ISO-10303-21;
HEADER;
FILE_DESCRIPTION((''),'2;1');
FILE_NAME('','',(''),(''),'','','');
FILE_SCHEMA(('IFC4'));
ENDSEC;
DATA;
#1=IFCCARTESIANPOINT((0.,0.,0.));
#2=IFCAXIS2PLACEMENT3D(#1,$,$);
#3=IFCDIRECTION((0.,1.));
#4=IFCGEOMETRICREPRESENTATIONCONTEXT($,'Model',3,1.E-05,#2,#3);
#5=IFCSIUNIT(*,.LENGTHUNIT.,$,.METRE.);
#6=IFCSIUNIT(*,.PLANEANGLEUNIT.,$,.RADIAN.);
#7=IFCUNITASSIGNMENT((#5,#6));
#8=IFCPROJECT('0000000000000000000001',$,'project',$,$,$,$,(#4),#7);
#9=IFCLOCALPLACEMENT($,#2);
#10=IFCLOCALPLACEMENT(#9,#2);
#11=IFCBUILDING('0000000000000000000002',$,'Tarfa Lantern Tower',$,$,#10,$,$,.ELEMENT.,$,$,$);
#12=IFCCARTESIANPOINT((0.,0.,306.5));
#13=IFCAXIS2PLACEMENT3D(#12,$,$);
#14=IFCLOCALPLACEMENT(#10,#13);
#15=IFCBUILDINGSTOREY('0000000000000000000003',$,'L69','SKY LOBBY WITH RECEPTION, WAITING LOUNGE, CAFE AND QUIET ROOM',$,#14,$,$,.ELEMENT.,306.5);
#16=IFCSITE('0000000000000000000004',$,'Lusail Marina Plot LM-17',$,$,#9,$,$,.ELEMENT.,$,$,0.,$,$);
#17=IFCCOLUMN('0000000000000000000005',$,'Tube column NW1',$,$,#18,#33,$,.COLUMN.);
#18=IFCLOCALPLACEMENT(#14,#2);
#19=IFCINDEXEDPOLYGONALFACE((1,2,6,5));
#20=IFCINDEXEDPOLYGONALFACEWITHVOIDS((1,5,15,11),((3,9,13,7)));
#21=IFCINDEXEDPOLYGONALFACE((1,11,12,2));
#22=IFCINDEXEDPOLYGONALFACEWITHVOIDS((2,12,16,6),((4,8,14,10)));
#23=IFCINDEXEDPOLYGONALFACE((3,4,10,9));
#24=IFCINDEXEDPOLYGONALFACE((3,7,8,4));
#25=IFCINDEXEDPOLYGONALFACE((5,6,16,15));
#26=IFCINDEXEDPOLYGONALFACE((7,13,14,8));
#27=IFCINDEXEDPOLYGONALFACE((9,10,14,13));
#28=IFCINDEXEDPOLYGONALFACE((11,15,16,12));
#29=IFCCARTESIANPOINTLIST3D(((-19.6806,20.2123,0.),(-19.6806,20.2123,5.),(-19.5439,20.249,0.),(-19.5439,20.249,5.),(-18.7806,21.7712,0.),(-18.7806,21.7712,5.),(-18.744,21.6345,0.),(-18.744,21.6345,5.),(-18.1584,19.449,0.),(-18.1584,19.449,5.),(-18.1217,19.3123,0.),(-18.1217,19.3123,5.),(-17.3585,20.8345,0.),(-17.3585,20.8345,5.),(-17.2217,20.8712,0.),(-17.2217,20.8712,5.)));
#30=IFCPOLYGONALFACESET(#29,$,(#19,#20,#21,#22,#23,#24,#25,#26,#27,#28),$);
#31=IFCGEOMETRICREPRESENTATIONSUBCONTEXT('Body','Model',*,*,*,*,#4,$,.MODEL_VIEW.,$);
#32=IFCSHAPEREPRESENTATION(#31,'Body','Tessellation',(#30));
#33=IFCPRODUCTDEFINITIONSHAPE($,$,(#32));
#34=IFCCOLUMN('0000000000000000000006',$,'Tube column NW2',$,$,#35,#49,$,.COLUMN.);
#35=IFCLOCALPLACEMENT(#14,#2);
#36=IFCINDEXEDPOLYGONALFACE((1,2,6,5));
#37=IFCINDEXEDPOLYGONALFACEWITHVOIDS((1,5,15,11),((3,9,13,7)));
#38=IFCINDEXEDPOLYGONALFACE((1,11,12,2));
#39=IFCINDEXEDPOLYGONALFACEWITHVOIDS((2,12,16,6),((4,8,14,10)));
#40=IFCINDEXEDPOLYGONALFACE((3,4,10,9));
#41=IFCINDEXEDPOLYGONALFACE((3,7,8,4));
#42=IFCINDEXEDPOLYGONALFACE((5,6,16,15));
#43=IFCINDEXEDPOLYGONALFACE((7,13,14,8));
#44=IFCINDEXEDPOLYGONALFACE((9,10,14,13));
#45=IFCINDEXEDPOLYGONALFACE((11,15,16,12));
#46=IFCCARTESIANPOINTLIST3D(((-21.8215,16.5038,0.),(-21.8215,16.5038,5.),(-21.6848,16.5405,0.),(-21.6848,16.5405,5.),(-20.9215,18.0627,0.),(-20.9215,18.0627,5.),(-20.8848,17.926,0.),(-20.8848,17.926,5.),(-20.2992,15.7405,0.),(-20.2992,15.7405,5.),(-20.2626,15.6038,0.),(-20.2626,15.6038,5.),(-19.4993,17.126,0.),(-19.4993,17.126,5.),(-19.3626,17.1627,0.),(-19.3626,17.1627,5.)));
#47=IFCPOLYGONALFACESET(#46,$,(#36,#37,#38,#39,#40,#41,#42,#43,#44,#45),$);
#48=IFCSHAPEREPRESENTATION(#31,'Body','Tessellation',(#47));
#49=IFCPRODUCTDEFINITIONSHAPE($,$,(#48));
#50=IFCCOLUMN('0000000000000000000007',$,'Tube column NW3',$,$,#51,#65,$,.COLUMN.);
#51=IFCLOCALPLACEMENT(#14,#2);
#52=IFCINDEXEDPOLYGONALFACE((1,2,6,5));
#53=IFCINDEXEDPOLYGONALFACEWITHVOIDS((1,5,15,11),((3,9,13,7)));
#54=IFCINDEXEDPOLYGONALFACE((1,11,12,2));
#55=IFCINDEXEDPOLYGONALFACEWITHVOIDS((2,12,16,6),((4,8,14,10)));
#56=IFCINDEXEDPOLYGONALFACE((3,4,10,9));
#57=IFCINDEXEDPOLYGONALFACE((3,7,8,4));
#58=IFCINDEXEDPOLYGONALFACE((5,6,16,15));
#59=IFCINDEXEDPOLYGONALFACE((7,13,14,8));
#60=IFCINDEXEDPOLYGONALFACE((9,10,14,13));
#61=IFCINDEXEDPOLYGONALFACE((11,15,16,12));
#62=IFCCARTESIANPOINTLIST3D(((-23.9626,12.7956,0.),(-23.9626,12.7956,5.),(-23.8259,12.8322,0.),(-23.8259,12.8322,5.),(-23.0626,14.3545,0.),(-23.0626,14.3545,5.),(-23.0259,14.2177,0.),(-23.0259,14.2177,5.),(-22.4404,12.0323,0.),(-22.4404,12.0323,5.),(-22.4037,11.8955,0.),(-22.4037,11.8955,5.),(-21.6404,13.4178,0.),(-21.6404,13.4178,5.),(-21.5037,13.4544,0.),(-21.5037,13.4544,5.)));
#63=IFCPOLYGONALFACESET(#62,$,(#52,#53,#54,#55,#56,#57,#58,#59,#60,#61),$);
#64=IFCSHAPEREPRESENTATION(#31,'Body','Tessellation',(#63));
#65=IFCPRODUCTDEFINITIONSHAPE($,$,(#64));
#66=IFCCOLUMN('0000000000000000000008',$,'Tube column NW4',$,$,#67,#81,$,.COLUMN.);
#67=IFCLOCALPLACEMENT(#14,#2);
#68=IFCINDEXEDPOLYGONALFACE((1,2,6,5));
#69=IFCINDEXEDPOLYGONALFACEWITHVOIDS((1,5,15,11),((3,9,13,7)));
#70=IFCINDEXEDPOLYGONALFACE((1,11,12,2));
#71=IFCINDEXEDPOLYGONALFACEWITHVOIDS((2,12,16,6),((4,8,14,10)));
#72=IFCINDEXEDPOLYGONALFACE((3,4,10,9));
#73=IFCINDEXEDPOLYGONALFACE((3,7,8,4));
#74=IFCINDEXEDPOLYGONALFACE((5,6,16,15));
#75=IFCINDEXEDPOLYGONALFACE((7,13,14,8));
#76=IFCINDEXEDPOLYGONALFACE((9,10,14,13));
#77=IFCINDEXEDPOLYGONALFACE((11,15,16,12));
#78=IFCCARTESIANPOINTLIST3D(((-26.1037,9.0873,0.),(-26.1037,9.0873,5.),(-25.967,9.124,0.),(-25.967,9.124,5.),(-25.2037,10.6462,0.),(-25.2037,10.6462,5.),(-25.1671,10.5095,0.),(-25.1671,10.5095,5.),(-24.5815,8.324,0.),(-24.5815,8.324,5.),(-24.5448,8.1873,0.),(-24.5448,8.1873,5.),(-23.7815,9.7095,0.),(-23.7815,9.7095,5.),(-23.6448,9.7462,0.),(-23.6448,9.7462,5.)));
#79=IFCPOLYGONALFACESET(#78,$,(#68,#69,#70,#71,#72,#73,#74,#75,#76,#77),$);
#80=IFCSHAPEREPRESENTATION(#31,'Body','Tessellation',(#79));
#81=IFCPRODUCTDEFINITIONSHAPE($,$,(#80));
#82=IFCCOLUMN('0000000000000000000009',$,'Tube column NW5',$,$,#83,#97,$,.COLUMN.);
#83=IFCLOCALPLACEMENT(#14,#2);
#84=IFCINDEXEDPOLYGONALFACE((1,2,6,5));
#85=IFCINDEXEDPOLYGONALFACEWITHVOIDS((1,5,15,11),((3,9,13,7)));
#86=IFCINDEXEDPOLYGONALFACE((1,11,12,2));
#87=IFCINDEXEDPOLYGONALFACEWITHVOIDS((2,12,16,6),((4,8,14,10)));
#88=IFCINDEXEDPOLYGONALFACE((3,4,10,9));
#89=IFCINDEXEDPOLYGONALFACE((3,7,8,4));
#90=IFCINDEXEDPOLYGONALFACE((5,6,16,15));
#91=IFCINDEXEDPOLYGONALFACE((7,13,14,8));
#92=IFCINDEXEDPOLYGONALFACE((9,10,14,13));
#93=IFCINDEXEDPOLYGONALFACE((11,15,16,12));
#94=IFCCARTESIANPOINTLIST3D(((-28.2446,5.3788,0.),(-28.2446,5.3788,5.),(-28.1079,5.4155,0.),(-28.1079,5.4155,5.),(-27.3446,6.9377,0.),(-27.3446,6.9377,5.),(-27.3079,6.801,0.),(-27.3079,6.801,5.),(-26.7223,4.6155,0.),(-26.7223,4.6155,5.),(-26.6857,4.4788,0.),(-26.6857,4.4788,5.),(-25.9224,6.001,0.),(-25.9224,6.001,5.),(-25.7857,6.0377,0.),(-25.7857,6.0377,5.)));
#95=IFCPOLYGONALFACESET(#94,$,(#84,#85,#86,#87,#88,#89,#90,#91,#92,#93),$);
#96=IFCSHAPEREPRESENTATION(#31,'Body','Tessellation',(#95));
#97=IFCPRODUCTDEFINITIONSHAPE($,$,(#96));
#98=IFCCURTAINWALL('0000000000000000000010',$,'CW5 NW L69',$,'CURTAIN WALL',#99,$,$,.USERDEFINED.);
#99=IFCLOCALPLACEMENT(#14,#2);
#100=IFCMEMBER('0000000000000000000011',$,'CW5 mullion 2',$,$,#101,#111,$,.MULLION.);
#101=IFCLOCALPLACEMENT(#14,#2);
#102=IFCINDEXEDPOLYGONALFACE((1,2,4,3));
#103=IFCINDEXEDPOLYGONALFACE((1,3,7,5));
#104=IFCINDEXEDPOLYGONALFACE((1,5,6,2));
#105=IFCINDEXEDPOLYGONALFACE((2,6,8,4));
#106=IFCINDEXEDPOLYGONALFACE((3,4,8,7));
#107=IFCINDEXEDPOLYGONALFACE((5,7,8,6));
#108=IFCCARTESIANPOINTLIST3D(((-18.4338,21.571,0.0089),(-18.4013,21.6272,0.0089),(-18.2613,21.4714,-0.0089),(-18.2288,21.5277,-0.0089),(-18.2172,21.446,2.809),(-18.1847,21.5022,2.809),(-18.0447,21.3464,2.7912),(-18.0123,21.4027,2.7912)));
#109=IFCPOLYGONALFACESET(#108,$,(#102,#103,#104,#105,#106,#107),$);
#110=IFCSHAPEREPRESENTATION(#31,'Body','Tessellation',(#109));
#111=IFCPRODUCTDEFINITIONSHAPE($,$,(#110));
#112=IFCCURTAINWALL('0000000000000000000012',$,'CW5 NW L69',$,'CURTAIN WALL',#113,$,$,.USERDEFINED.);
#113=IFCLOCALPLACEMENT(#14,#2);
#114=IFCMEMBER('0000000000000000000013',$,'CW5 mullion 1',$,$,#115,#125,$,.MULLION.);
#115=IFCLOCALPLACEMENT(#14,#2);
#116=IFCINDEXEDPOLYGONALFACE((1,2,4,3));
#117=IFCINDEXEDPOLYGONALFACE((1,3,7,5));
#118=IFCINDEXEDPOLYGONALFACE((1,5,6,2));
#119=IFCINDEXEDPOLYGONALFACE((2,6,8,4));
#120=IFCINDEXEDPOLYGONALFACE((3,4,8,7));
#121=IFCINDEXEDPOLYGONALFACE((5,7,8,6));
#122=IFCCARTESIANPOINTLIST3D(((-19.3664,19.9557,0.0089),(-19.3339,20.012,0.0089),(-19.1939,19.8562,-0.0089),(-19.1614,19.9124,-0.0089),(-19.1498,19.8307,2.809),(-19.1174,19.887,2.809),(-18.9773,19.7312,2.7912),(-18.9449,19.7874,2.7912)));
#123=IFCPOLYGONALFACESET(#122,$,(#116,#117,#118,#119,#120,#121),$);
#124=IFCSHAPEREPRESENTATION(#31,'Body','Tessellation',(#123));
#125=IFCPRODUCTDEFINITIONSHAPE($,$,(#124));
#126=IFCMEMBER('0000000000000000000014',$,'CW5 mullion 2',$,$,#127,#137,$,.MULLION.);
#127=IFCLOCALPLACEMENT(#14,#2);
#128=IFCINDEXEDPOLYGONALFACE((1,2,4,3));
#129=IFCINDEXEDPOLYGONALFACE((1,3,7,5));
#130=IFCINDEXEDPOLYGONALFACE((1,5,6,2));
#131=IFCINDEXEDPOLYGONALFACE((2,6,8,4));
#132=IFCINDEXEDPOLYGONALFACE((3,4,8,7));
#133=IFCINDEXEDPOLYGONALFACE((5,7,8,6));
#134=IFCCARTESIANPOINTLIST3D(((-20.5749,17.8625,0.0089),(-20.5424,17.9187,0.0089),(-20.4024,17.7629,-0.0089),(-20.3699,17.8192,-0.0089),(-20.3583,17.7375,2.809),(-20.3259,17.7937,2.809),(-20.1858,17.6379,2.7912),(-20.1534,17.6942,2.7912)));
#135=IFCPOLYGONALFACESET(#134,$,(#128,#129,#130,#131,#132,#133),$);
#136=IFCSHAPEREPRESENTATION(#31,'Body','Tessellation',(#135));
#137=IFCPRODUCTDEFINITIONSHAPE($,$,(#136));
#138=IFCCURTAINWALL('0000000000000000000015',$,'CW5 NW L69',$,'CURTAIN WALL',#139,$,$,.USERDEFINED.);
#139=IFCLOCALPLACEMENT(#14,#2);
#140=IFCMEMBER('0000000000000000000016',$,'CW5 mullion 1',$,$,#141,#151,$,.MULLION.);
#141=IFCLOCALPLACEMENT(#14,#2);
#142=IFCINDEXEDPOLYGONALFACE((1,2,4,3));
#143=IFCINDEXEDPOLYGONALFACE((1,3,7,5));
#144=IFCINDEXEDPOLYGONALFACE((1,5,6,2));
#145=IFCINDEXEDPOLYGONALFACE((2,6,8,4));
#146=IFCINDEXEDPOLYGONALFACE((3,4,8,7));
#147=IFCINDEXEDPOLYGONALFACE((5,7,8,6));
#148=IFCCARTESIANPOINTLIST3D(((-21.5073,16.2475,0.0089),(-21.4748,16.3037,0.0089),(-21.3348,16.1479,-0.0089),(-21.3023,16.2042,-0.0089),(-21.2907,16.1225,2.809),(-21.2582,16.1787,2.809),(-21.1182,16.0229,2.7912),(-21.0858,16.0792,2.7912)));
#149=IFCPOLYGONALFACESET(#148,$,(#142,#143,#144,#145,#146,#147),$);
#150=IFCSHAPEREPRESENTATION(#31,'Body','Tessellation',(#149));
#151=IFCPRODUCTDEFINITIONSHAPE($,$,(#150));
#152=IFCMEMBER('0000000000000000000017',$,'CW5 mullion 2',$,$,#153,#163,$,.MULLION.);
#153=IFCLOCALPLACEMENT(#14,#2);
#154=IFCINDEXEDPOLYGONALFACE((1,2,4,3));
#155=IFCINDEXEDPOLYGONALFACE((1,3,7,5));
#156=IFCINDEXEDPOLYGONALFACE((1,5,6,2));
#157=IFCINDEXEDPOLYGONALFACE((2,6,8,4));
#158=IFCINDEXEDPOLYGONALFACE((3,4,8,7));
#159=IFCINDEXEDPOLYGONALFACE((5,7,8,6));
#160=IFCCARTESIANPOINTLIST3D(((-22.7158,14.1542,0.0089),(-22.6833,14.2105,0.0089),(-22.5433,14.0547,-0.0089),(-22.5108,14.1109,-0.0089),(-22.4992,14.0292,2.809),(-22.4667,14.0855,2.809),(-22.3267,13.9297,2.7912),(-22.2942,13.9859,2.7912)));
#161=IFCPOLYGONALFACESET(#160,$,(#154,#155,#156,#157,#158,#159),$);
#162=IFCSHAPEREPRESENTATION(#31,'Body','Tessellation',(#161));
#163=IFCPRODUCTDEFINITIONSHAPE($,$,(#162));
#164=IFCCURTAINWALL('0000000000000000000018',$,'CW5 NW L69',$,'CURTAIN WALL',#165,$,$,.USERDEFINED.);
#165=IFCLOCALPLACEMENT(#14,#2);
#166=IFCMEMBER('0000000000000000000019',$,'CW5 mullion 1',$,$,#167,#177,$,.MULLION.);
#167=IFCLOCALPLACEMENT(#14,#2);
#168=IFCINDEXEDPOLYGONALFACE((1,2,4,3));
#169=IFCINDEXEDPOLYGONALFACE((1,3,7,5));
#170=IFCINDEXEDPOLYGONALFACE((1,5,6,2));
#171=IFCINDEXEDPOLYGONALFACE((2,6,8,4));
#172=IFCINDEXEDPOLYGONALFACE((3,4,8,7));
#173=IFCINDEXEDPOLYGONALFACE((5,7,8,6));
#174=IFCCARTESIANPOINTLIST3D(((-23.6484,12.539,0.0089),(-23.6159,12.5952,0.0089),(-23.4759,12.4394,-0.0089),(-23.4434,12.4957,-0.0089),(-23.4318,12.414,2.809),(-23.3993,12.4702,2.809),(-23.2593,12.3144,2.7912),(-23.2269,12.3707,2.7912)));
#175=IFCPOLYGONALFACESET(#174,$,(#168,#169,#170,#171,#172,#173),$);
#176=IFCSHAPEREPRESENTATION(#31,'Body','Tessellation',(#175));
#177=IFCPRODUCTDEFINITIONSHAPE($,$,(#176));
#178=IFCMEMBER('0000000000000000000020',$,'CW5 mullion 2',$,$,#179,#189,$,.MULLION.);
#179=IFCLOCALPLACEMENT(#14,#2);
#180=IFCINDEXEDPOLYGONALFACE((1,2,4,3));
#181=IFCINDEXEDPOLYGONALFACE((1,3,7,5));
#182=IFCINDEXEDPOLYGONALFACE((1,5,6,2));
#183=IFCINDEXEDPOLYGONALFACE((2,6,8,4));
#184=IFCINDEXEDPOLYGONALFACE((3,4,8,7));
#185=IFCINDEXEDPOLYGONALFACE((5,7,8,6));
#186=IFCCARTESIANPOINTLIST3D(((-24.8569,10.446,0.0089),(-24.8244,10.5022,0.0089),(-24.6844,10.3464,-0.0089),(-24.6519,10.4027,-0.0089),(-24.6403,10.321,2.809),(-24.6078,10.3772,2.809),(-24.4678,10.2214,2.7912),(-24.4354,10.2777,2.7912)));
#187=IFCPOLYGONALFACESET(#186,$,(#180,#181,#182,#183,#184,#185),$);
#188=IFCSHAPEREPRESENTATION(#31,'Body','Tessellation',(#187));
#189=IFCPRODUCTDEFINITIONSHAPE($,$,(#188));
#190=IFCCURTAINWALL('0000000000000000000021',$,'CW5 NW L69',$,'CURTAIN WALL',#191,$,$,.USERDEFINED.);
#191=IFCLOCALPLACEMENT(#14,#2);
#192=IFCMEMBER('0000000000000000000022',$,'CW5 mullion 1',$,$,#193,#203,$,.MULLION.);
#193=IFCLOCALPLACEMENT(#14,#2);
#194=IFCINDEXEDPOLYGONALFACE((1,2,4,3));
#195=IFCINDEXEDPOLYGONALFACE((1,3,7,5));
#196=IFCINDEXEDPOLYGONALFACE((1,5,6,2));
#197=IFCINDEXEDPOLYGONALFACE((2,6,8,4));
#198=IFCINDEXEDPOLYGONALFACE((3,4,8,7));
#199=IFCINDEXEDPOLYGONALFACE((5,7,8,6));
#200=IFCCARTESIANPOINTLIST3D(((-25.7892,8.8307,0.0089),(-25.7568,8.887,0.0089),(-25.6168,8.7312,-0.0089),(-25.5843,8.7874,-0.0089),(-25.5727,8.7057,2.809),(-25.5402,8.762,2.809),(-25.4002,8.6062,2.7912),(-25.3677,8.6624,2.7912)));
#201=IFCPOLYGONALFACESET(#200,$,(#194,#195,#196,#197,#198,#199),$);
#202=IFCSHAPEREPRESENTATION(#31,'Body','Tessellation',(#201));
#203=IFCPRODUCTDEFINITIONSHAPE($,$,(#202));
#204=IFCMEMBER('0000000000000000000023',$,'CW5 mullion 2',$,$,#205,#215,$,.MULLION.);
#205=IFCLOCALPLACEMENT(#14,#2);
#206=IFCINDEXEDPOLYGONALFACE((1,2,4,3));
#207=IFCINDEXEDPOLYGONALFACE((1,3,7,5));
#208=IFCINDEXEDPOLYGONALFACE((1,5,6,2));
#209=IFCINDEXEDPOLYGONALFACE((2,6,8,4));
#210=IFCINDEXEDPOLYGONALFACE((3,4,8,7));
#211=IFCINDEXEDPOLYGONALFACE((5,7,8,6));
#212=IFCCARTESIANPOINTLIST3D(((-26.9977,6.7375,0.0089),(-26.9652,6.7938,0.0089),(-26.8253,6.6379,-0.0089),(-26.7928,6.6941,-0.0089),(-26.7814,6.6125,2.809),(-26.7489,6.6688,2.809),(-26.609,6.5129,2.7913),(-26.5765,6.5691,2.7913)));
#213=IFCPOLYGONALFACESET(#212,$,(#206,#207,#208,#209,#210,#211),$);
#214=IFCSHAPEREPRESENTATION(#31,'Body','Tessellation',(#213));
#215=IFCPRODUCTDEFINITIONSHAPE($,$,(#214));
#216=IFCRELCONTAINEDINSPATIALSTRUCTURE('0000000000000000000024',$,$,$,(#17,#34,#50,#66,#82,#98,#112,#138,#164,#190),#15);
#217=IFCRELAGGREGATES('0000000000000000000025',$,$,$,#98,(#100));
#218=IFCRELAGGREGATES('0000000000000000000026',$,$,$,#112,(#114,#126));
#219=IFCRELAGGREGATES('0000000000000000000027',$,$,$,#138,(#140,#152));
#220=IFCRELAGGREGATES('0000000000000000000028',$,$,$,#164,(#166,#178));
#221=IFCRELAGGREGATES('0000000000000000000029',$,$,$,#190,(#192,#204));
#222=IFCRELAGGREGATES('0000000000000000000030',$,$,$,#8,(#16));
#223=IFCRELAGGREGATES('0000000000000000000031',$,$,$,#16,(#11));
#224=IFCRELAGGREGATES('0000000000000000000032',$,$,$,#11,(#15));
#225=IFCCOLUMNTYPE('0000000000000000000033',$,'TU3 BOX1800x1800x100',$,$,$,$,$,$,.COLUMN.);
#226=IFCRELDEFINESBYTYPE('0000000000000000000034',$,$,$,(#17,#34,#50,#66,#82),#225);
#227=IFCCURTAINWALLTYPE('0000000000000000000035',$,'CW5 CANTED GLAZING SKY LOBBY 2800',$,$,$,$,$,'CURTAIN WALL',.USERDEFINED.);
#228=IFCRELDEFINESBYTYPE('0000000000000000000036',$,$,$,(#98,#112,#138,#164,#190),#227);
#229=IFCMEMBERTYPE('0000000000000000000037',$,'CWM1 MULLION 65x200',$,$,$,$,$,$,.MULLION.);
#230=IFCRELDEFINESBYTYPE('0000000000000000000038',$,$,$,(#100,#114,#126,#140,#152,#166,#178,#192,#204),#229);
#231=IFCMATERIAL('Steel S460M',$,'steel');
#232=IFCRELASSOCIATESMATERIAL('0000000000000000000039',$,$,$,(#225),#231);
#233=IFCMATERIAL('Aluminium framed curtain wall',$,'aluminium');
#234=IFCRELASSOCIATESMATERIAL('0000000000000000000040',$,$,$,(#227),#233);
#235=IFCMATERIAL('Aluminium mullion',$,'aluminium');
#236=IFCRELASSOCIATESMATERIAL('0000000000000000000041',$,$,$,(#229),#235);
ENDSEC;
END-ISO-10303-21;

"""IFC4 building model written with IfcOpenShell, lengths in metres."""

from ifc_helpers import new_model, si_unit, direction, frame, origin, origin_2d, place, context, subcontext, project, spatial, rectangle, hollow_rectangle, extrude, material, material_profile, profile_set, type_object, element, aggregate, save


model = new_model("IFC4")

# Units and contexts
model_context = context("Model", 3, precision=1e-05, world=origin(), true_north=direction((0.0, 1.0)))
body_context = subcontext(model_context, "Body", "Model", "MODEL_VIEW")
ifc_project = project(units=[si_unit("LENGTHUNIT", "METRE"), si_unit("PLANEANGLEUNIT", "RADIAN")], contexts=[model_context])

# Site, building, storey
site_placement = place(None, origin())
site = spatial("IfcSite", under=ifc_project, at=site_placement, Name="Lusail Marina Plot LM-17", CompositionType="ELEMENT", RefElevation=0.0)
building_placement = place(site_placement, origin())
building = spatial("IfcBuilding", under=site, at=building_placement, Name="Tarfa Lantern Tower", CompositionType="ELEMENT")
storey_placement = place(building_placement, frame((0.0, 0.0, 306.5)))
storey = spatial("IfcBuildingStorey", under=building, at=storey_placement, Name="L69", Description="SKY LOBBY WITH RECEPTION, WAITING LOUNGE, CAFE AND QUIET ROOM", CompositionType="ELEMENT", Elevation=306.5)

# Columns
ifc_material_1 = material(Name="Steel S460M", Category="steel")
ifc_material_profile_1 = material_profile(ifc_material_1, hollow_rectangle(XDim=1.8, YDim=1.8, WallThickness=0.1001, at=origin_2d()), Name="BOX1800x1800x100")
ifc_profile_set_1 = profile_set([ifc_material_profile_1], Name="Steel S460M")
column_type = type_object("IfcColumnType", Name="TU3 BOX1800x1800x100", PredefinedType="COLUMN", material=ifc_profile_set_1)
for number, where, z_axis, x_axis, name in (
    (1, (-18.4512, 20.5417, 0.0), (0.0, 0.0, 1.0), (-0.5, -0.866025, 0.0), "Tube column NW1"),
    (2, (-20.592, 16.8333, 0.0), (0.0, 0.0, 1.0), (-0.5, -0.866025, 0.0), "Tube column NW2"),
    (3, (-22.7332, 13.125, 0.0), (0.0, 0.0, 1.0), (-0.5, -0.866025, 0.0), "Tube column NW3"),
    (4, (-24.8743, 9.4167, 0.0), (0.0, 0.0, 1.0), (-0.5, -0.866025, 0.0), "Tube column NW4"),
    (5, (-27.0151, 5.7083, 0.0), (0.0, 0.0, 1.0), (-0.5, -0.866025, 0.0), "Tube column NW5"),
):
    element("IfcColumn", number, at=place(storey_placement, frame(where, z_axis=z_axis, x_axis=x_axis)), inside=storey, type_object=column_type, Name=name, PredefinedType="COLUMN", context=body_context, shape_type="SweptSolid", body=[
        extrude(hollow_rectangle(XDim=1.8, YDim=1.8, WallThickness=0.1001, at=origin_2d()), origin(), (0.0, 0.0, 1.0), 5.0),
    ])

# Curtain wall, member
ifc_material_2 = material(Name="Aluminium framed curtain wall", Category="aluminium")
curtain_wall_type = type_object("IfcCurtainWallType", Name="CW5 CANTED GLAZING SKY LOBBY 2800", ElementType="CURTAIN WALL", PredefinedType="USERDEFINED", material=ifc_material_2)
curtain_wall_1_placement = place(storey_placement, origin())
curtain_wall_1 = element("IfcCurtainWall", 6, at=curtain_wall_1_placement, inside=storey, type_object=curtain_wall_type, Name="CW5 NW L69", ObjectType="CURTAIN WALL", PredefinedType="USERDEFINED")
ifc_material_3 = material(Name="Aluminium mullion", Category="aluminium")
ifc_material_profile_2 = material_profile(ifc_material_3, rectangle(XDim=0.0649, YDim=0.2, at=origin_2d()), Name="AL MULLION 65x200")
ifc_profile_set_2 = profile_set([ifc_material_profile_2], Name="Aluminium mullion")
member_type_1 = type_object("IfcMemberType", Name="CWM1 MULLION 65x200", PredefinedType="MULLION", material=ifc_profile_set_2)
member_1_placement = place(storey_placement, frame((-18.3313, 21.5493, 0.0), z_axis=(0.077032, -0.044465, 0.996037), x_axis=(0.49992, 0.866072, 0.0)))
member_1 = element("IfcMember", 7, at=member_1_placement, type_object=member_type_1, Name="CW5 mullion 2", PredefinedType="MULLION", context=body_context, shape_type="SweptSolid", body=[
    extrude(rectangle(XDim=0.0649, YDim=0.2, at=origin_2d()), origin(), (0.0, 0.0, 1.0), 2.8113),
])

# Curtain walls, members
curtain_wall_2_placement = place(storey_placement, origin())
curtain_wall_2 = element("IfcCurtainWall", 8, at=curtain_wall_2_placement, inside=storey, type_object=curtain_wall_type, Name="CW5 NW L69", ObjectType="CURTAIN WALL", PredefinedType="USERDEFINED")
member_2_placement = place(storey_placement, frame((-19.2639, 19.9341, 0.0), z_axis=(0.077032, -0.044465, 0.996037), x_axis=(0.49992, 0.866072, 0.0)))
member_2 = element("IfcMember", 9, at=member_2_placement, type_object=member_type_1, Name="CW5 mullion 1", PredefinedType="MULLION", context=body_context, shape_type="SweptSolid", body=[
    extrude(rectangle(XDim=0.0649, YDim=0.2, at=origin_2d()), origin(), (0.0, 0.0, 1.0), 2.8113),
])
member_3_placement = place(storey_placement, frame((-20.4724, 17.8408, 0.0), z_axis=(0.077032, -0.044465, 0.996037), x_axis=(0.49992, 0.866072, 0.0)))
member_3 = element("IfcMember", 10, at=member_3_placement, type_object=member_type_1, Name="CW5 mullion 2", PredefinedType="MULLION", context=body_context, shape_type="SweptSolid", body=[
    extrude(rectangle(XDim=0.0649, YDim=0.2, at=origin_2d()), origin(), (0.0, 0.0, 1.0), 2.8113),
])
curtain_wall_3_placement = place(storey_placement, origin())
curtain_wall_3 = element("IfcCurtainWall", 11, at=curtain_wall_3_placement, inside=storey, type_object=curtain_wall_type, Name="CW5 NW L69", ObjectType="CURTAIN WALL", PredefinedType="USERDEFINED")
member_4_placement = place(storey_placement, frame((-21.4048, 16.2258, 0.0), z_axis=(0.077032, -0.044465, 0.996037), x_axis=(0.49992, 0.866072, 0.0)))
member_4 = element("IfcMember", 12, at=member_4_placement, type_object=member_type_1, Name="CW5 mullion 1", PredefinedType="MULLION", context=body_context, shape_type="SweptSolid", body=[
    extrude(rectangle(XDim=0.0649, YDim=0.2, at=origin_2d()), origin(), (0.0, 0.0, 1.0), 2.8113),
])
member_5_placement = place(storey_placement, frame((-22.6133, 14.1326, 0.0), z_axis=(0.077032, -0.044465, 0.996037), x_axis=(0.49992, 0.866072, 0.0)))
member_5 = element("IfcMember", 13, at=member_5_placement, type_object=member_type_1, Name="CW5 mullion 2", PredefinedType="MULLION", context=body_context, shape_type="SweptSolid", body=[
    extrude(rectangle(XDim=0.0649, YDim=0.2, at=origin_2d()), origin(), (0.0, 0.0, 1.0), 2.8113),
])
curtain_wall_4_placement = place(storey_placement, origin())
curtain_wall_4 = element("IfcCurtainWall", 14, at=curtain_wall_4_placement, inside=storey, type_object=curtain_wall_type, Name="CW5 NW L69", ObjectType="CURTAIN WALL", PredefinedType="USERDEFINED")
member_6_placement = place(storey_placement, frame((-23.5459, 12.5173, 0.0), z_axis=(0.077032, -0.044465, 0.996037), x_axis=(0.49992, 0.866072, 0.0)))
member_6 = element("IfcMember", 15, at=member_6_placement, type_object=member_type_1, Name="CW5 mullion 1", PredefinedType="MULLION", context=body_context, shape_type="SweptSolid", body=[
    extrude(rectangle(XDim=0.0649, YDim=0.2, at=origin_2d()), origin(), (0.0, 0.0, 1.0), 2.8113),
])
member_7_placement = place(storey_placement, frame((-24.7544, 10.4243, 0.0), z_axis=(0.077032, -0.044465, 0.996037), x_axis=(0.49992, 0.866072, 0.0)))
member_7 = element("IfcMember", 16, at=member_7_placement, type_object=member_type_1, Name="CW5 mullion 2", PredefinedType="MULLION", context=body_context, shape_type="SweptSolid", body=[
    extrude(rectangle(XDim=0.0649, YDim=0.2, at=origin_2d()), origin(), (0.0, 0.0, 1.0), 2.8113),
])
curtain_wall_5_placement = place(storey_placement, origin())
curtain_wall_5 = element("IfcCurtainWall", 17, at=curtain_wall_5_placement, inside=storey, type_object=curtain_wall_type, Name="CW5 NW L69", ObjectType="CURTAIN WALL", PredefinedType="USERDEFINED")
member_8_placement = place(storey_placement, frame((-25.6868, 8.8091, 0.0), z_axis=(0.077032, -0.044465, 0.996037), x_axis=(0.49992, 0.866072, 0.0)))
member_8 = element("IfcMember", 18, at=member_8_placement, type_object=member_type_1, Name="CW5 mullion 1", PredefinedType="MULLION", context=body_context, shape_type="SweptSolid", body=[
    extrude(rectangle(XDim=0.0649, YDim=0.2, at=origin_2d()), origin(), (0.0, 0.0, 1.0), 2.8113),
])
member_9_placement = place(storey_placement, frame((-26.8953, 6.7158, 0.0), z_axis=(0.076946, -0.044465, 0.996043), x_axis=(0.500343, 0.865827, 0.0)))
member_9 = element("IfcMember", 19, at=member_9_placement, type_object=member_type_1, Name="CW5 mullion 2", PredefinedType="MULLION", context=body_context, shape_type="SweptSolid", body=[
    extrude(rectangle(XDim=0.0649, YDim=0.2, at=origin_2d()), origin(), (0.0, 0.0, 1.0), 2.8113),
])

aggregate(curtain_wall_1, [member_1])
aggregate(curtain_wall_2, [member_2, member_3])
aggregate(curtain_wall_3, [member_4, member_5])
aggregate(curtain_wall_4, [member_6, member_7])
aggregate(curtain_wall_5, [member_8, member_9])

save(model, "model.ifc")
